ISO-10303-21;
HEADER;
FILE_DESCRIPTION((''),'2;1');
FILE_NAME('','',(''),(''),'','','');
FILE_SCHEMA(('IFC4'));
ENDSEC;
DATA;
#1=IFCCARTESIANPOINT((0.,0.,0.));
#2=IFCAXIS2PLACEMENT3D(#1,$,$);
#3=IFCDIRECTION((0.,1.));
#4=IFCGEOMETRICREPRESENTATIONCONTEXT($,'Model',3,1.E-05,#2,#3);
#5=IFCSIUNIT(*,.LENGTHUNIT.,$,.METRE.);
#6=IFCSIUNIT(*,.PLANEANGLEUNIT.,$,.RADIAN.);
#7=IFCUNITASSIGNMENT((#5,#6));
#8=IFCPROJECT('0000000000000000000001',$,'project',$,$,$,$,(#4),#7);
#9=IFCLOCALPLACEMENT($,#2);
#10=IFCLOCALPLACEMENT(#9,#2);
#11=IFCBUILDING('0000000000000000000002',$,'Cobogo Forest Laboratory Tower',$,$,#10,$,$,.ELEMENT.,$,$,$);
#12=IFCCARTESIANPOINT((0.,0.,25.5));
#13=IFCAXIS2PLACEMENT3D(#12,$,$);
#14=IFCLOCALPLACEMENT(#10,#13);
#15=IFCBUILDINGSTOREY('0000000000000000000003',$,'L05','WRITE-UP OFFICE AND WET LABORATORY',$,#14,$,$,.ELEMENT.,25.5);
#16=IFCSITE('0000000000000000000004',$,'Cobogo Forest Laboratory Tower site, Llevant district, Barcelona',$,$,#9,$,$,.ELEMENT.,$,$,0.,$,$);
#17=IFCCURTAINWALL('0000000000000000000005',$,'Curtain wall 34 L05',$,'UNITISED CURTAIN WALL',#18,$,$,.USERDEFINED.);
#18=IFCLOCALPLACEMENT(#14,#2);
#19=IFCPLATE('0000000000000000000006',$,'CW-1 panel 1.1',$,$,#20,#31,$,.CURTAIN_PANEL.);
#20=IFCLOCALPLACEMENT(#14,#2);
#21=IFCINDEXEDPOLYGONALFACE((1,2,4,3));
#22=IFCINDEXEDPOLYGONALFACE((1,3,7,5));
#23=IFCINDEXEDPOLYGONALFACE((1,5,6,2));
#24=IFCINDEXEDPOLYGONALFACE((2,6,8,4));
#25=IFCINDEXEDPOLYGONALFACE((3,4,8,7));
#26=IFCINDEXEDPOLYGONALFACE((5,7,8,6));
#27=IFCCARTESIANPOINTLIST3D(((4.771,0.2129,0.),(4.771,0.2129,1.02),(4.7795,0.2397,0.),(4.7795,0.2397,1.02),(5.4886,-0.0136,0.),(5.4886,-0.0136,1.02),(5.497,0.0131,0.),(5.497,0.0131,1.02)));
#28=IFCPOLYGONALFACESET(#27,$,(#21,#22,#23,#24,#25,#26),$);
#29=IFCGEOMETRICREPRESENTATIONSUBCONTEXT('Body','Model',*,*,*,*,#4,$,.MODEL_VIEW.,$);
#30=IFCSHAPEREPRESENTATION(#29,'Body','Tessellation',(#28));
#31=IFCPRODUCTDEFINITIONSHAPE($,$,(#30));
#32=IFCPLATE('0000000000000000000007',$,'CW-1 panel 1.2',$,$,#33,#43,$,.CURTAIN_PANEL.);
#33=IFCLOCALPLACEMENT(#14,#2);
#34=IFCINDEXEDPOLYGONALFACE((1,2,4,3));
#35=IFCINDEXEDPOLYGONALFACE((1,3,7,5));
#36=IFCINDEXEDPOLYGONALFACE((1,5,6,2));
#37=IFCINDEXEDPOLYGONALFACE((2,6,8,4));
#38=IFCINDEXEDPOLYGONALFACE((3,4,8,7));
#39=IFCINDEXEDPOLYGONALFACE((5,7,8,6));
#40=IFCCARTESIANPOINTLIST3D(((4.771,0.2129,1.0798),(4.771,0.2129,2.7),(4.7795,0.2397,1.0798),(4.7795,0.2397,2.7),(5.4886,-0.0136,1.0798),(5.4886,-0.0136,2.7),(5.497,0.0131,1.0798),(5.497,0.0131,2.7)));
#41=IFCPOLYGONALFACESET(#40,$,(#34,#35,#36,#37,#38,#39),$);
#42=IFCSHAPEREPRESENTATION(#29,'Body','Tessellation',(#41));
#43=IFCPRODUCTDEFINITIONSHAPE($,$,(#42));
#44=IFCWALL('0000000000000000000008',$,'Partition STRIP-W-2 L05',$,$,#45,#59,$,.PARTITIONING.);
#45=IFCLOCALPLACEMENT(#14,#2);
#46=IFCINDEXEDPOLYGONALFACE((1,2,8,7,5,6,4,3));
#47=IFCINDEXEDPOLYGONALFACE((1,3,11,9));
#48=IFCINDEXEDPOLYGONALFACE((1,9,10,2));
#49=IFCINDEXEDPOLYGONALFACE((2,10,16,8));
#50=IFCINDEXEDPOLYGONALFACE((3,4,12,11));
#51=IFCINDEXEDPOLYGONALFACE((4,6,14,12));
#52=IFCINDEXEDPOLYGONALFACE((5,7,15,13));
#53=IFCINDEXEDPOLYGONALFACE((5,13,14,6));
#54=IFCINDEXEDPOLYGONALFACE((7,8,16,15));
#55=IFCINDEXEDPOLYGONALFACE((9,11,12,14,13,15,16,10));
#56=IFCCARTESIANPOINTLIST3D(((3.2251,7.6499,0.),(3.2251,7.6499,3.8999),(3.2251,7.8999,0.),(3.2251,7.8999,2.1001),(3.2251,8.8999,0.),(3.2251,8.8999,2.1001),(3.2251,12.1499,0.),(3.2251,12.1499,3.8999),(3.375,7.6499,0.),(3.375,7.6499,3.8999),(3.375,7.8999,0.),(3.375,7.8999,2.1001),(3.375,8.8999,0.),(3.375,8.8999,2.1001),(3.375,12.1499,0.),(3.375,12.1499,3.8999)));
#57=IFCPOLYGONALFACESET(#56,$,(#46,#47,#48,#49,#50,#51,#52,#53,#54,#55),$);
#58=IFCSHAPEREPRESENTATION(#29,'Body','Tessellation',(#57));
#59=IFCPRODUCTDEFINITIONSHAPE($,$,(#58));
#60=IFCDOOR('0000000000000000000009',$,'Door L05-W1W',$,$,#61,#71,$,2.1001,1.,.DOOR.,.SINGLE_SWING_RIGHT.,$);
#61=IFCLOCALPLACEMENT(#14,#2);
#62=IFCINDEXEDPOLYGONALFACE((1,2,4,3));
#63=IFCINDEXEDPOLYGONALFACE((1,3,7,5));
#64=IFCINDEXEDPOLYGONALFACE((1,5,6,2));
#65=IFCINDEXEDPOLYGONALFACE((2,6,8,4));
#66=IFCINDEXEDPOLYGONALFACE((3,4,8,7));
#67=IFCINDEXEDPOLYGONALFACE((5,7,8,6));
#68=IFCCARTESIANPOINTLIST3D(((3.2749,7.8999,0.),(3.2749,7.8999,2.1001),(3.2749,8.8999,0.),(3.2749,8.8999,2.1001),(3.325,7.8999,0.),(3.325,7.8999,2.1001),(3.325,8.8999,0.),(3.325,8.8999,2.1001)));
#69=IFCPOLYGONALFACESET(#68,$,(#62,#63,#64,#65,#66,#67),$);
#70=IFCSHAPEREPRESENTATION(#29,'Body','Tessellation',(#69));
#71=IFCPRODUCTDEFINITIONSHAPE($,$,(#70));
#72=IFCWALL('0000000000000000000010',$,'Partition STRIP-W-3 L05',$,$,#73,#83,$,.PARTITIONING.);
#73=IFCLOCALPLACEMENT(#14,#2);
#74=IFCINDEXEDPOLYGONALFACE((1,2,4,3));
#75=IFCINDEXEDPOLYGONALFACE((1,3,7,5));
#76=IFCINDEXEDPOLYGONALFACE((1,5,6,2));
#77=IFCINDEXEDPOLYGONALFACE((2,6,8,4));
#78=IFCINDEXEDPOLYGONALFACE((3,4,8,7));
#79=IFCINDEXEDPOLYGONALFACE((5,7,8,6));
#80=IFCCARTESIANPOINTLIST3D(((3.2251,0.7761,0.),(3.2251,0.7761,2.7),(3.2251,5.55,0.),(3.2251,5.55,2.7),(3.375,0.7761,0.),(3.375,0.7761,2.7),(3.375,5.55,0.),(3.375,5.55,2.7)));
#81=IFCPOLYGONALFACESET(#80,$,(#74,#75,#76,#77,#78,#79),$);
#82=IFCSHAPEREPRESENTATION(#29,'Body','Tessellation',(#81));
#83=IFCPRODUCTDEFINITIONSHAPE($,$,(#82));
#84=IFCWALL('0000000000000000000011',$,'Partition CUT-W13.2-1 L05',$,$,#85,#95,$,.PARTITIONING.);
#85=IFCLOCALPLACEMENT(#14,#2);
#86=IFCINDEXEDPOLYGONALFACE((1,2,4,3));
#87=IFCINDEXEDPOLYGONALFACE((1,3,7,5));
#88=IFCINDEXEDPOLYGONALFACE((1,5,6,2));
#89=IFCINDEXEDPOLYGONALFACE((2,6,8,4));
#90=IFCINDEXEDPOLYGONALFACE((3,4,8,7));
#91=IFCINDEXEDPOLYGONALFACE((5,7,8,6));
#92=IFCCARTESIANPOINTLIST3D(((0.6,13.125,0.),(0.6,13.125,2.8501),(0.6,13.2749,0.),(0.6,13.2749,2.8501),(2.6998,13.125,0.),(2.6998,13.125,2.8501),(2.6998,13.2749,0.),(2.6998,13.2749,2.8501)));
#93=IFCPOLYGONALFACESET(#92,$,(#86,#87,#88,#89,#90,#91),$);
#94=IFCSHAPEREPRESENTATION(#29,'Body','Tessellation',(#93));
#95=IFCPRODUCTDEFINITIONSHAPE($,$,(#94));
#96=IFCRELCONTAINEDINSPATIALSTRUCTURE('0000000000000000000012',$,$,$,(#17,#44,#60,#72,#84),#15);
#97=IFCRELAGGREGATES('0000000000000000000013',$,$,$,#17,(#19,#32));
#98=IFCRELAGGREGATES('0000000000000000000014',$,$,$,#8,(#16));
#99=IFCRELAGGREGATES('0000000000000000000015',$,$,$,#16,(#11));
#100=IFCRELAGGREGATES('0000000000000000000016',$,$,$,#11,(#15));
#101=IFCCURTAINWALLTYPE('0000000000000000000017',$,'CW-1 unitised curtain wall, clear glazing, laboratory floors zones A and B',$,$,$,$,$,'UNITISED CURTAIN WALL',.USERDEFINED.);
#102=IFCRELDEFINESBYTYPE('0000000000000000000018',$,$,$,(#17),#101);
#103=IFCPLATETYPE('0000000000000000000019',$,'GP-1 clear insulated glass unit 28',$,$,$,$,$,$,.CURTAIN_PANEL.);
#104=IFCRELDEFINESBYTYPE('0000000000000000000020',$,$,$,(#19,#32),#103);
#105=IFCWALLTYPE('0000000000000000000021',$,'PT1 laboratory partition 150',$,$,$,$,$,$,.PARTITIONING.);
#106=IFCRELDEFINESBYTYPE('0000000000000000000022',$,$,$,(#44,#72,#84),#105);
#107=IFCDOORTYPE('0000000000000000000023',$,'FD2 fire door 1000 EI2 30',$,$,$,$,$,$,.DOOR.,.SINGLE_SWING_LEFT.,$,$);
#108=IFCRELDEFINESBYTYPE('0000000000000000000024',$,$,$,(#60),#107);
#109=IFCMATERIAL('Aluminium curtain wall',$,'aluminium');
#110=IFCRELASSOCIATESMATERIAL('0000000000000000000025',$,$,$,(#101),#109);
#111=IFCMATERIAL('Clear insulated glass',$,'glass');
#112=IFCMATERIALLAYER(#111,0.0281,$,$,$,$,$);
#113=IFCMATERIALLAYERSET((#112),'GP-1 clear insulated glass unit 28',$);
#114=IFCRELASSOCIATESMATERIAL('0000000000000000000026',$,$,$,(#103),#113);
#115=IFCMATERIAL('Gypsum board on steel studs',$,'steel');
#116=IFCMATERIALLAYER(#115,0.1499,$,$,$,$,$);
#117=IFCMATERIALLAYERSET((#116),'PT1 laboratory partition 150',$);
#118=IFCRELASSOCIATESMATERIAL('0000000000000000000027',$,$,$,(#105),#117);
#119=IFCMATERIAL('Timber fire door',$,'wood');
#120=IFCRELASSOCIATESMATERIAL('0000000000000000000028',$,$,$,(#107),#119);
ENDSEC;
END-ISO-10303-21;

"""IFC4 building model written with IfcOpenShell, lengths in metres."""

from ifc_helpers import new_model, si_unit, direction, frame, frame_2d, origin, origin_2d, place, context, subcontext, project, spatial, rectangle, extrude, material, layer, layer_set, type_object, element, fill, aggregate, save


model = new_model("IFC4")

# Units and contexts
model_context = context("Model", 3, precision=1e-05, world=origin(), true_north=direction((0.0, 1.0)))
body_context = subcontext(model_context, "Body", "Model", "MODEL_VIEW")
ifc_project = project(units=[si_unit("LENGTHUNIT", "METRE"), si_unit("PLANEANGLEUNIT", "RADIAN")], contexts=[model_context])

# Site, building, storey
site_placement = place(None, origin())
site = spatial("IfcSite", under=ifc_project, at=site_placement, Name="Cobogo Forest Laboratory Tower site, Llevant district, Barcelona", CompositionType="ELEMENT", RefElevation=0.0)
building_placement = place(site_placement, origin())
building = spatial("IfcBuilding", under=site, at=building_placement, Name="Cobogo Forest Laboratory Tower", CompositionType="ELEMENT")
storey_placement = place(building_placement, frame((0.0, 0.0, 25.5)))
storey = spatial("IfcBuildingStorey", under=building, at=storey_placement, Name="L05", Description="WRITE-UP OFFICE AND WET LABORATORY", CompositionType="ELEMENT", Elevation=25.5)

# Shared definitions
ifc_material_1 = material(Name="Aluminium curtain wall", Category="aluminium")
curtain_wall_type = type_object("IfcCurtainWallType", Name="CW-1 unitised curtain wall, clear glazing, laboratory floors zones A and B", ElementType="UNITISED CURTAIN WALL", PredefinedType="USERDEFINED", material=ifc_material_1)

# Curtain wall
curtain_wall_1_placement = place(storey_placement, origin())
curtain_wall_1 = element("IfcCurtainWall", 1, at=curtain_wall_1_placement, inside=storey, type_object=curtain_wall_type, Name="Curtain wall 34 L05", ObjectType="UNITISED CURTAIN WALL", PredefinedType="USERDEFINED")

# Plates
ifc_material_2 = material(Name="Clear insulated glass", Category="glass")
ifc_layer_1 = layer(ifc_material_2, 0.0281)
ifc_layer_set_1 = layer_set([ifc_layer_1], Name="GP-1 clear insulated glass unit 28")
plate_type = type_object("IfcPlateType", Name="GP-1 clear insulated glass unit 28", PredefinedType="CURTAIN_PANEL", material=ifc_layer_set_1)
plate_1_placement = place(storey_placement, frame((5.134, 0.113, 0.0), z_axis=(0.0, 0.0, 1.0), x_axis=(0.953582, -0.301135, 0.0)))
plate_1 = element("IfcPlate", 2, at=plate_1_placement, type_object=plate_type, Name="CW-1 panel 1.1", PredefinedType="CURTAIN_PANEL", context=body_context, shape_type="SweptSolid", body=[
    extrude(rectangle(XDim=0.7524, YDim=0.0281, at=origin_2d()), origin(), (0.0, 0.0, 1.0), 1.02),
])
plate_2_placement = place(storey_placement, frame((5.134, 0.113, 1.0798), z_axis=(0.0, 0.0, 1.0), x_axis=(0.953582, -0.301135, 0.0)))
plate_2 = element("IfcPlate", 3, at=plate_2_placement, type_object=plate_type, Name="CW-1 panel 1.2", PredefinedType="CURTAIN_PANEL", context=body_context, shape_type="SweptSolid", body=[
    extrude(rectangle(XDim=0.7524, YDim=0.0281, at=origin_2d()), origin(), (0.0, 0.0, 1.0), 1.6201),
])
aggregate(curtain_wall_1, [plate_1, plate_2])

# Wall, opening, door
ifc_material_3 = material(Name="Gypsum board on steel studs", Category="steel")
ifc_layer_2 = layer(ifc_material_3, 0.1499)
ifc_layer_set_2 = layer_set([ifc_layer_2], Name="PT1 laboratory partition 150")
wall_type = type_object("IfcWallType", Name="PT1 laboratory partition 150", PredefinedType="PARTITIONING", material=ifc_layer_set_2)
wall_1_placement = place(storey_placement, frame((3.3, 12.1499, 0.0), z_axis=(0.0, 0.0, 1.0), x_axis=(0.0, -1.0, 0.0)))
wall_1 = element("IfcWall", 4, at=wall_1_placement, inside=storey, type_object=wall_type, Name="Partition STRIP-W-2 L05", PredefinedType="PARTITIONING", context=body_context, shape_type="SweptSolid", body=[
    extrude(rectangle(XDim=4.5, YDim=0.1499, at=frame_2d((2.25, 0.0))), origin(), (0.0, 0.0, 1.0), 3.8999),
])
opening_placement = place(wall_1_placement, frame((3.25, 0.0, 0.0)))
opening = element("IfcOpeningElement", 5, at=opening_placement, cuts=wall_1, PredefinedType="OPENING", context=body_context, shape_type="SweptSolid", body=[
    extrude(rectangle(XDim=1.0, YDim=2.1001, at=frame_2d((0.5, 1.05))), frame((0.0, 0.085, 0.0), z_axis=(0.0, -1.0, 0.0), x_axis=(1.0, 0.0, 0.0)), (0.0, 0.0, 1.0), 0.1699),
])
ifc_material_4 = material(Name="Timber fire door", Category="wood")
door_type = type_object("IfcDoorType", Name="FD2 fire door 1000 EI2 30", OperationType="SINGLE_SWING_LEFT", PredefinedType="DOOR", material=ifc_material_4)
door_placement = place(opening_placement, origin())
door = element("IfcDoor", 6, at=door_placement, inside=storey, type_object=door_type, Name="Door L05-W1W", OperationType="SINGLE_SWING_RIGHT", OverallHeight=2.1001, OverallWidth=1.0, PredefinedType="DOOR", context=body_context, shape_type="SweptSolid", body=[
    extrude(rectangle(XDim=1.0, YDim=2.1001, at=frame_2d((0.5, 1.05))), frame((0.0, 0.0249, 0.0), z_axis=(0.0, -1.0, 0.0), x_axis=(1.0, 0.0, 0.0)), (0.0, 0.0, 1.0), 0.05),
])
fill(opening, door)

# Walls
wall_2_placement = place(storey_placement, frame((3.3, 5.55, 0.0), z_axis=(0.0, 0.0, 1.0), x_axis=(0.0, -1.0, 0.0)))
element("IfcWall", 7, at=wall_2_placement, inside=storey, type_object=wall_type, Name="Partition STRIP-W-3 L05", PredefinedType="PARTITIONING", context=body_context, shape_type="SweptSolid", body=[
    extrude(rectangle(XDim=4.7739, YDim=0.1499, at=frame_2d((2.387, 0.0))), origin(), (0.0, 0.0, 1.0), 2.7),
])
wall_3_placement = place(storey_placement, frame((0.6001, 13.2, 0.0), z_axis=(0.0, 0.0, 1.0), x_axis=(1.0, 0.0, 0.0)))
element("IfcWall", 8, at=wall_3_placement, inside=storey, type_object=wall_type, Name="Partition CUT-W13.2-1 L05", PredefinedType="PARTITIONING", context=body_context, shape_type="SweptSolid", body=[
    extrude(rectangle(XDim=2.0999, YDim=0.1499, at=frame_2d((1.0498, 0.0))), origin(), (0.0, 0.0, 1.0), 2.8501),
])

save(model, "model.ifc")
